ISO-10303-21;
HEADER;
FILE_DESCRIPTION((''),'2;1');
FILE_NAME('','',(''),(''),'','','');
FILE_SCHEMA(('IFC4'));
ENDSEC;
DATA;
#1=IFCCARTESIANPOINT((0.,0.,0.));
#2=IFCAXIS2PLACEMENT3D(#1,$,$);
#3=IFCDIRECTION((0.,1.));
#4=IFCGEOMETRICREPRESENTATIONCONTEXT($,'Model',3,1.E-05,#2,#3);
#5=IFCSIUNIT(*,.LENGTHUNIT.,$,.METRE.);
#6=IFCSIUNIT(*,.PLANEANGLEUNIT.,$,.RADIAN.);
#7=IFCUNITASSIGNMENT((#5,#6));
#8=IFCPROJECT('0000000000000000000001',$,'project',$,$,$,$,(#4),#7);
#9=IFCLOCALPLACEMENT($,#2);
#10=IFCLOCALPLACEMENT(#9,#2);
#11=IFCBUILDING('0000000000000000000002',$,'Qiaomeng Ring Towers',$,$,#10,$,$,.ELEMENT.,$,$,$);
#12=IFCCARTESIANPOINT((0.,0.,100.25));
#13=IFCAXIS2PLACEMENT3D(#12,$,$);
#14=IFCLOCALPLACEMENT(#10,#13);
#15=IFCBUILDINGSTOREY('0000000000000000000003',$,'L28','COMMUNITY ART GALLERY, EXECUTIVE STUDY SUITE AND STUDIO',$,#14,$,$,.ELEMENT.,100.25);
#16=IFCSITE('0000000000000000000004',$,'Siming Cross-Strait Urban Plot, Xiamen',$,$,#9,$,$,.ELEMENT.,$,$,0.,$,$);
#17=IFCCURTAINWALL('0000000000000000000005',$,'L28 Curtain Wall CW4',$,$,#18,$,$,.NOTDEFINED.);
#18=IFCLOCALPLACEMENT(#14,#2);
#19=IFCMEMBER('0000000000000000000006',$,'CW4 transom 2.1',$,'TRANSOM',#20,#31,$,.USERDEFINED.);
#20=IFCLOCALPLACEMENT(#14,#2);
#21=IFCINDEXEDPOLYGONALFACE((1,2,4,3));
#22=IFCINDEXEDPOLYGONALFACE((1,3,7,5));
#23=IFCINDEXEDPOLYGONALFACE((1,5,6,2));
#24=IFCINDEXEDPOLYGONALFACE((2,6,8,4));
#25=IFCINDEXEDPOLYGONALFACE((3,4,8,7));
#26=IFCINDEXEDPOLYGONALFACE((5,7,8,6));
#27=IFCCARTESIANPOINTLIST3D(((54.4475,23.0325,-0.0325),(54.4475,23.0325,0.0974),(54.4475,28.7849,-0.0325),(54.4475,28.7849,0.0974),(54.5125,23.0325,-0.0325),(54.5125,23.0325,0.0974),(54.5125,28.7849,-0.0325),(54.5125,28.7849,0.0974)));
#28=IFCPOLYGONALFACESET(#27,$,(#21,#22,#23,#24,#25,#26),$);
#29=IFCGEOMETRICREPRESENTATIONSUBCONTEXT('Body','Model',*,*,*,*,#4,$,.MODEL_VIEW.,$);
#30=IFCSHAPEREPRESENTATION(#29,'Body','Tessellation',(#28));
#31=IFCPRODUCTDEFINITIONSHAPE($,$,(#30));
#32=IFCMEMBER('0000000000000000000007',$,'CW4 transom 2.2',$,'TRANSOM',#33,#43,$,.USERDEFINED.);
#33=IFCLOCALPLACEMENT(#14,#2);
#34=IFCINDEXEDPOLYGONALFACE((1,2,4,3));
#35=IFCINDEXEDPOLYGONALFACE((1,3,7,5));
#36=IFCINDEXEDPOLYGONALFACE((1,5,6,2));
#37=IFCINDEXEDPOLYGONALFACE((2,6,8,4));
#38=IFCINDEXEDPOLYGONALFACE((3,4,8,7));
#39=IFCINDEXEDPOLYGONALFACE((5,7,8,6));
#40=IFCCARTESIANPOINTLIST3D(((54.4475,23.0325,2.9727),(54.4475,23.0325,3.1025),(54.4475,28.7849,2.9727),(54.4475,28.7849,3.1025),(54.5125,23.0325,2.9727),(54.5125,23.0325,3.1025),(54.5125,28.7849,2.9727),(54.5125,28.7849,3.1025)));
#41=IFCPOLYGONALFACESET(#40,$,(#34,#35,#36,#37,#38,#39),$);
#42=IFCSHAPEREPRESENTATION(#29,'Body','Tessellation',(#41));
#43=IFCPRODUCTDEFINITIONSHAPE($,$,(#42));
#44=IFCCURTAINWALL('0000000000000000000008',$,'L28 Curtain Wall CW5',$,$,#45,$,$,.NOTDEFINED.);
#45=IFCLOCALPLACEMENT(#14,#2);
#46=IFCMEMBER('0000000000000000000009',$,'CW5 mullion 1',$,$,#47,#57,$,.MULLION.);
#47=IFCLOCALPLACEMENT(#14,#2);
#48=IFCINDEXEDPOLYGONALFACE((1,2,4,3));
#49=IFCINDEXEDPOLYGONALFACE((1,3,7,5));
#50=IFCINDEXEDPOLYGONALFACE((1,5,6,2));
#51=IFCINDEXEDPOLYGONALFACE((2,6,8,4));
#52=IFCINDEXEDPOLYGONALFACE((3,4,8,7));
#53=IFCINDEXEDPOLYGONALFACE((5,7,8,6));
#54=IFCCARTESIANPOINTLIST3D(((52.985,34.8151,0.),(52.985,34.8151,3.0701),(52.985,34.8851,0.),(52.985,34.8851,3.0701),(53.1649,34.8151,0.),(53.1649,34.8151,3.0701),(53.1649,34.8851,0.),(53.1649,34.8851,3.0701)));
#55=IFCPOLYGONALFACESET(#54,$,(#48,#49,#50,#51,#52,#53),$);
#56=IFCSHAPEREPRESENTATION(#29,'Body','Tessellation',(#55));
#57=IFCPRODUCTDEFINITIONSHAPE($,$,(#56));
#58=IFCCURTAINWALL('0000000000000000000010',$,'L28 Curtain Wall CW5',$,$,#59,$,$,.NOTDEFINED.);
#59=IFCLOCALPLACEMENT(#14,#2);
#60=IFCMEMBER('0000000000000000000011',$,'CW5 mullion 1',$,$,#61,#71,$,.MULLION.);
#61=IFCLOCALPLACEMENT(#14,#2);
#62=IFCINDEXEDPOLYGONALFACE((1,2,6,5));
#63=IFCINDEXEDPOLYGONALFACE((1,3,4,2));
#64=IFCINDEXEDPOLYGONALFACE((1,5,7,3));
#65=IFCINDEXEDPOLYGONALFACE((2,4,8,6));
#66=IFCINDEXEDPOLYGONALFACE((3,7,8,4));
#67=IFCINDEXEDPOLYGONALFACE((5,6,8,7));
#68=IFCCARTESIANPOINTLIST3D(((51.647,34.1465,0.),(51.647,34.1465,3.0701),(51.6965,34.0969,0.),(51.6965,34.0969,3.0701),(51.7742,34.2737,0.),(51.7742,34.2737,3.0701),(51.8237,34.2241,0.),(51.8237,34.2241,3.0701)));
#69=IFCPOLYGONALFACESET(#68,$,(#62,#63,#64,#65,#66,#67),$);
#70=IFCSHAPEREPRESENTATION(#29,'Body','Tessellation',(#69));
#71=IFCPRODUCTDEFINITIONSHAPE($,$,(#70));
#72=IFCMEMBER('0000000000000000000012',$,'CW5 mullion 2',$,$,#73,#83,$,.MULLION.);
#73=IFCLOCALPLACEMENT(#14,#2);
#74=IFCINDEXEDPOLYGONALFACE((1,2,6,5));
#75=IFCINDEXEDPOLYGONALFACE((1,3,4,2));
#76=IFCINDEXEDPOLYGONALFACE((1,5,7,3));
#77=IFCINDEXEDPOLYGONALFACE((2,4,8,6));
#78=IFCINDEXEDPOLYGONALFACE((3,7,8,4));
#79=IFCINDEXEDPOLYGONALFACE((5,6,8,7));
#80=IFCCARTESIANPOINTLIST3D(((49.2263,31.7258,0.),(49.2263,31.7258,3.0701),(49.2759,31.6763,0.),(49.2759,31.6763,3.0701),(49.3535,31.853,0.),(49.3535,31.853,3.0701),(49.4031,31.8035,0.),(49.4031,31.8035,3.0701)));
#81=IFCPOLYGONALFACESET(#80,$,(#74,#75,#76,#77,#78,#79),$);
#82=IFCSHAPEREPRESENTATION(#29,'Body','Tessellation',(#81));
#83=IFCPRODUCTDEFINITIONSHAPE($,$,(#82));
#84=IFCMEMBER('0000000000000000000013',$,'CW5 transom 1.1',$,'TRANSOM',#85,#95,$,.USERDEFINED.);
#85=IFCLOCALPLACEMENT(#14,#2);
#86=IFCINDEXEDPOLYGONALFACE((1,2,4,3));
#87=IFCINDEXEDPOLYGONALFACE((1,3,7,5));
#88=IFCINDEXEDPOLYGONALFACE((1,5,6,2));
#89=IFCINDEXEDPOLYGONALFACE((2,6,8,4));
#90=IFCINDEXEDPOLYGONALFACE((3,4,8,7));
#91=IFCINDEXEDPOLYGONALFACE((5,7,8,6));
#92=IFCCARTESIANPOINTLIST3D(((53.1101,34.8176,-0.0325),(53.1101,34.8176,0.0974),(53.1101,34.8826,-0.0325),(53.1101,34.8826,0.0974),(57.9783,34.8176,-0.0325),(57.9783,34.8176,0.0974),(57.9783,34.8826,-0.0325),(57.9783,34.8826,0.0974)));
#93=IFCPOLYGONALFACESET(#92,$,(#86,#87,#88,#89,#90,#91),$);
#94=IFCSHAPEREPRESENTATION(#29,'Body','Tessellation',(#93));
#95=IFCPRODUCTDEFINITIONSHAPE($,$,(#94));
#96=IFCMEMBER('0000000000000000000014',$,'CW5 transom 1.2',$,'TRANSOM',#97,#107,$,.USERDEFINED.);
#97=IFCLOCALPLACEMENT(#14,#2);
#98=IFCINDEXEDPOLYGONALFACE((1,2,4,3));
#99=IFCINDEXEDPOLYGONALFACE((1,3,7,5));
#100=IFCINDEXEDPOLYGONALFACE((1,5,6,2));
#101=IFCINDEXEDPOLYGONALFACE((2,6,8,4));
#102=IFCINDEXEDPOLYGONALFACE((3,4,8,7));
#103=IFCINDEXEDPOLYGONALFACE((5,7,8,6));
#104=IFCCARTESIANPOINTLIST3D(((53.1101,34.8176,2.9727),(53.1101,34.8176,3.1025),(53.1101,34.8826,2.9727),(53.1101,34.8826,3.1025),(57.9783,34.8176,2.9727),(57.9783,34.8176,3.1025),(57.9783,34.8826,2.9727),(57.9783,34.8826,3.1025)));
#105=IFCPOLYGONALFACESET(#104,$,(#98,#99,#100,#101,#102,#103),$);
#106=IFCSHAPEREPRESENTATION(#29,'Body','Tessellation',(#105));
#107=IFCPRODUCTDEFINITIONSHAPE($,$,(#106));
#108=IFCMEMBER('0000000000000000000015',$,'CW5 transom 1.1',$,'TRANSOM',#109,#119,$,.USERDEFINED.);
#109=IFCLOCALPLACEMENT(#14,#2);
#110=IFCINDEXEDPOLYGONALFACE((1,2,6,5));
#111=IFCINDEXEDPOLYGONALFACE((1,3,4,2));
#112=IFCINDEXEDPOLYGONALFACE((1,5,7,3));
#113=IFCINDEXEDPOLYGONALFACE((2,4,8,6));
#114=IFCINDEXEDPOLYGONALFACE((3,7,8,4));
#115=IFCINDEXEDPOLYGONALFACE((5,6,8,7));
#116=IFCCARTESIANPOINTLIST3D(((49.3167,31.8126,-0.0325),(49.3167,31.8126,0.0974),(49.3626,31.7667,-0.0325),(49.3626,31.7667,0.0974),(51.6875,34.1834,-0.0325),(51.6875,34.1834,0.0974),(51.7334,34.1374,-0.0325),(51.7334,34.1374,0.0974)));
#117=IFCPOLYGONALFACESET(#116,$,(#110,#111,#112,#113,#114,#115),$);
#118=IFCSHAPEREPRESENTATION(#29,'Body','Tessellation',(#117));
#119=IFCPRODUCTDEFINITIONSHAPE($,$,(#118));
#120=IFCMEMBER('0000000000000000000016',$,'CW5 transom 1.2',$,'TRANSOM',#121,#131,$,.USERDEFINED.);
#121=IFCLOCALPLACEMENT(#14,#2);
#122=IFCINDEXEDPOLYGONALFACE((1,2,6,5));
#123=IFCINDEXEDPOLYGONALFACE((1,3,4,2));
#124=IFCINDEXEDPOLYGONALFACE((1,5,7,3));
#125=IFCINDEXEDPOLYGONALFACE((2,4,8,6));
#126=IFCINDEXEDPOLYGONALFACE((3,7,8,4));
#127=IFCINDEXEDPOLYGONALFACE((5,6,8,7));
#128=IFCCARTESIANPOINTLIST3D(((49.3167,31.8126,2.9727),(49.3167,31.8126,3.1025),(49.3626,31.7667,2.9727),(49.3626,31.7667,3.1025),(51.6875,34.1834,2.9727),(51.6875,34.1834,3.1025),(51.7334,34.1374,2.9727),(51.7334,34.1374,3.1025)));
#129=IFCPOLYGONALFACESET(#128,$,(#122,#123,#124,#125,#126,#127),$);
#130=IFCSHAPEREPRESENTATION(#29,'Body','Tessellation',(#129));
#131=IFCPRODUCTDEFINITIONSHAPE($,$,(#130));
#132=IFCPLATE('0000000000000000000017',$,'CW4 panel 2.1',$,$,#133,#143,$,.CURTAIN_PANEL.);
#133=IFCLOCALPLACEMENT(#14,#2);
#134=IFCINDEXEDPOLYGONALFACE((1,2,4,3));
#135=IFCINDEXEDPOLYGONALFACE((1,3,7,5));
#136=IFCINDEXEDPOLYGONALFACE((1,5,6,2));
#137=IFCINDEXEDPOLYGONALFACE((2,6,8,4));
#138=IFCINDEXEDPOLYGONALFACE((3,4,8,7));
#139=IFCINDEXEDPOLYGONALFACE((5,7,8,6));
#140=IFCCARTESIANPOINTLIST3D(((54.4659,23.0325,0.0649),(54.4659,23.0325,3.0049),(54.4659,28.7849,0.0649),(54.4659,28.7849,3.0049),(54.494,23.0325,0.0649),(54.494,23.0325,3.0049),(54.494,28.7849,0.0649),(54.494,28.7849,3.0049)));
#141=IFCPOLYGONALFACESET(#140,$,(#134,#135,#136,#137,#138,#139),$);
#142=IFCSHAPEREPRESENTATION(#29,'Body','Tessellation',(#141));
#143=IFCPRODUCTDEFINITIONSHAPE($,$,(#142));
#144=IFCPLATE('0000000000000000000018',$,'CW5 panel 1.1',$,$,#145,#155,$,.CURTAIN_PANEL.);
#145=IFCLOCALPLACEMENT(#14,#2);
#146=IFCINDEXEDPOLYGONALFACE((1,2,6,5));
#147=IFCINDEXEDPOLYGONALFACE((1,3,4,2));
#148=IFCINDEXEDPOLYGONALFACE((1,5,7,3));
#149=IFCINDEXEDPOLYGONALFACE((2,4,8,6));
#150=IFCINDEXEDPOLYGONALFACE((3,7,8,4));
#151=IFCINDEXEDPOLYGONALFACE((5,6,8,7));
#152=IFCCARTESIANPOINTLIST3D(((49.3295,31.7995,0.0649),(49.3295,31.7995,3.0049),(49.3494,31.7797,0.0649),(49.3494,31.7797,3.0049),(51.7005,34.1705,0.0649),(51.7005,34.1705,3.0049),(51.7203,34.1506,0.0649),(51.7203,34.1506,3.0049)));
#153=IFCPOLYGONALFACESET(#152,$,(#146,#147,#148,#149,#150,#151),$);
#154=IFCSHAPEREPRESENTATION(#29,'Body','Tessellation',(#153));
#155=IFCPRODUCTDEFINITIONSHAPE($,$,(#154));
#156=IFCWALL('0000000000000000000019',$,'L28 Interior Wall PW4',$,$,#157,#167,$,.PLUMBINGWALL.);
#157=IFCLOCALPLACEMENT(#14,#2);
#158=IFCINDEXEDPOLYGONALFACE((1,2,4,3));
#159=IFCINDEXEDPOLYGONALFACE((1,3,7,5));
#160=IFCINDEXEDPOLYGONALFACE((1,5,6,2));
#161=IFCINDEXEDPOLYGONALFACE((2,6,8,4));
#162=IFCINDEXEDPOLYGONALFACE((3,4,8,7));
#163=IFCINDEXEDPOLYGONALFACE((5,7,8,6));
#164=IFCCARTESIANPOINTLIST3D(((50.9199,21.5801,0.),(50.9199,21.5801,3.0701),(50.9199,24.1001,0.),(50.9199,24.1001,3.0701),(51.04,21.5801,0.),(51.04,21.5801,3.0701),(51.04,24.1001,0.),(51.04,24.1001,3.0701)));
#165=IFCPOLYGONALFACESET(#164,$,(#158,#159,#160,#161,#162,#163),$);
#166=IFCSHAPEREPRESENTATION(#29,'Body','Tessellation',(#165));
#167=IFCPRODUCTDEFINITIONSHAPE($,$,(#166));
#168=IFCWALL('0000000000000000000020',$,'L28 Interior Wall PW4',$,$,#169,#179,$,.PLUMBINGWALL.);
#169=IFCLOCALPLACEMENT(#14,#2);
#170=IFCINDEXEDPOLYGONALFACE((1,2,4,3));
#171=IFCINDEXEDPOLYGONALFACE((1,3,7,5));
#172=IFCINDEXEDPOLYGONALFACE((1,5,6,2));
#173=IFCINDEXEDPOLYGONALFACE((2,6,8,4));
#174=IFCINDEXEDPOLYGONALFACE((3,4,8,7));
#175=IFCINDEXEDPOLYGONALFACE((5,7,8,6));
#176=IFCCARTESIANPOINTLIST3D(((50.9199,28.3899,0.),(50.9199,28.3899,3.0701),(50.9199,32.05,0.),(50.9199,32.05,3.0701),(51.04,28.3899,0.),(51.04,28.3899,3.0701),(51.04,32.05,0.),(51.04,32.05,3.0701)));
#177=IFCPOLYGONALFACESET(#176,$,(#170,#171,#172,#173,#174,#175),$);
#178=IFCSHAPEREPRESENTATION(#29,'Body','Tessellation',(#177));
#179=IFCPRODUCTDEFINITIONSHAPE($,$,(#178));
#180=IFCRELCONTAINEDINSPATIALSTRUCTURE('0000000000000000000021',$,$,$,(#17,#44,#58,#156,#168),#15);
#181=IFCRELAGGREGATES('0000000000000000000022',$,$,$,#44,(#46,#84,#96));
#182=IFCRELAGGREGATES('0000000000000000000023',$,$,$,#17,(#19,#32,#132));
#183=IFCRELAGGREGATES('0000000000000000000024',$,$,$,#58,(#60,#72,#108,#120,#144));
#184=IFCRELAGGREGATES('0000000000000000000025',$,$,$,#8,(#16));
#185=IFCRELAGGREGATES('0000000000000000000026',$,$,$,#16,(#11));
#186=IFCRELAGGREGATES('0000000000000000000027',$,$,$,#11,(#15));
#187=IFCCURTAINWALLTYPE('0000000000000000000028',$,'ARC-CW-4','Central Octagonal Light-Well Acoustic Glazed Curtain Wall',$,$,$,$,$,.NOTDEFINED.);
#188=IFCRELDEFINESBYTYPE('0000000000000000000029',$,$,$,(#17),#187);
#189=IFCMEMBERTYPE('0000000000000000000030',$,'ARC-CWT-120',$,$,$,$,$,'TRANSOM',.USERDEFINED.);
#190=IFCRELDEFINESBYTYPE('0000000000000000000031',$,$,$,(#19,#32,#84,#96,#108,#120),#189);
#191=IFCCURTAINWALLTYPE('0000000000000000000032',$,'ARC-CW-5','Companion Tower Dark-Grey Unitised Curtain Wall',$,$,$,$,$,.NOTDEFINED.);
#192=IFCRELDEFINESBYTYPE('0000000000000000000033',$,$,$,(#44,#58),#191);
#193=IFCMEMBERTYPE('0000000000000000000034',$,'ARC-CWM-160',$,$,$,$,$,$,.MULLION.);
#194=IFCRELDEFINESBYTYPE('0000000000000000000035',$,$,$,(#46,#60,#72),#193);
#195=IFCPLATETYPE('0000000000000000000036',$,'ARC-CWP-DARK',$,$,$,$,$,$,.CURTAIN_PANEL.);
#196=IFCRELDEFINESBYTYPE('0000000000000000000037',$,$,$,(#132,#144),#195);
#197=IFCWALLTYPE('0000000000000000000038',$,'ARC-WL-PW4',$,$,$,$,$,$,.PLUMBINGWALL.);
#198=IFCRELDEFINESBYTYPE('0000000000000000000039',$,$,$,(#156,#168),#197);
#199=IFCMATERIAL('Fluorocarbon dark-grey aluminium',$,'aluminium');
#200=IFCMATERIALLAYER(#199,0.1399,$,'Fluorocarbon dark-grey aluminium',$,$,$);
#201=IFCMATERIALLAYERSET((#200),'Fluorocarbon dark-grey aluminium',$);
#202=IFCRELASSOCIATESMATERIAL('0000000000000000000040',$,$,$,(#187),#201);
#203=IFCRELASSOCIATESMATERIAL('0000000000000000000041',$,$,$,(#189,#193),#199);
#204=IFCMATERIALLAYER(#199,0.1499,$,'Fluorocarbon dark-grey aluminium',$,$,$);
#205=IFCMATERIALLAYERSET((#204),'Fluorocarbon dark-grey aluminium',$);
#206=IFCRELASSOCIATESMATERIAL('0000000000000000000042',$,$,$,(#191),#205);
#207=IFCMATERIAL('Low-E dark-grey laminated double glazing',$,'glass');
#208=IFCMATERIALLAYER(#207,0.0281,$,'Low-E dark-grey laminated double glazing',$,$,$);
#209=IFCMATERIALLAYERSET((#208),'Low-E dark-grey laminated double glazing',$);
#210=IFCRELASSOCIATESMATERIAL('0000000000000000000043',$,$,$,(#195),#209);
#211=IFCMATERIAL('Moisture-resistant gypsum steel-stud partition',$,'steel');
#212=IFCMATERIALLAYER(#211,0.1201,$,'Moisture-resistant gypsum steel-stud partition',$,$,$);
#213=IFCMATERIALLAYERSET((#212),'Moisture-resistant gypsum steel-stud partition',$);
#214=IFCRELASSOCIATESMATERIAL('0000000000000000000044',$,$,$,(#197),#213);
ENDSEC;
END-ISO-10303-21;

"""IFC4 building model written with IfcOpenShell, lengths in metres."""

from ifc_helpers import new_model, si_unit, direction, frame, frame_2d, origin, origin_2d, place, context, subcontext, project, spatial, rectangle, extrude, source, transform, mapped, material, layer, layer_set, material_profile, profile_set, type_object, element, aggregate, save


model = new_model("IFC4")

# Units and contexts
model_context = context("Model", 3, precision=1e-05, world=origin(), true_north=direction((0.0, 1.0)))
body_context = subcontext(model_context, "Body", "Model", "MODEL_VIEW")
ifc_project = project(units=[si_unit("LENGTHUNIT", "METRE"), si_unit("PLANEANGLEUNIT", "RADIAN")], contexts=[model_context])

# Site, building, storey
site_placement = place(None, origin())
site = spatial("IfcSite", under=ifc_project, at=site_placement, Name="Siming Cross-Strait Urban Plot, Xiamen", CompositionType="ELEMENT", RefElevation=0.0)
building_placement = place(site_placement, origin())
building = spatial("IfcBuilding", under=site, at=building_placement, Name="Qiaomeng Ring Towers", CompositionType="ELEMENT")
storey_placement = place(building_placement, frame((0.0, 0.0, 100.25)))
storey = spatial("IfcBuildingStorey", under=building, at=storey_placement, Name="L28", Description="COMMUNITY ART GALLERY, EXECUTIVE STUDY SUITE AND STUDIO", CompositionType="ELEMENT", Elevation=100.25)

# Curtain wall, members
ifc_material_1 = material(Name="Fluorocarbon dark-grey aluminium", Category="aluminium")
ifc_layer_1 = layer(ifc_material_1, 0.1399, Name="Fluorocarbon dark-grey aluminium")
ifc_layer_set_1 = layer_set([ifc_layer_1], Name="Fluorocarbon dark-grey aluminium")
curtain_wall_type_1 = type_object("IfcCurtainWallType", Name="ARC-CW-4", Description="Central Octagonal Light-Well Acoustic Glazed Curtain Wall", PredefinedType="NOTDEFINED", material=ifc_layer_set_1)
curtain_wall_1_placement = place(storey_placement, origin())
curtain_wall_1 = element("IfcCurtainWall", 1, at=curtain_wall_1_placement, inside=storey, type_object=curtain_wall_type_1, Name="L28 Curtain Wall CW4", PredefinedType="NOTDEFINED")
ifc_material_profile_1 = material_profile(ifc_material_1, rectangle(XDim=0.0649, YDim=0.1299, at=origin_2d()), Name="ALU TRAN 65x130")
ifc_profile_set_1 = profile_set([ifc_material_profile_1], Name="Fluorocarbon dark-grey aluminium")
member_type_1 = type_object("IfcMemberType", Name="ARC-CWT-120", ElementType="TRANSOM", PredefinedType="USERDEFINED", material=ifc_profile_set_1)
shared_shape_1 = source(origin(), body_context, "Body", "SweptSolid", [
    extrude(rectangle(XDim=0.0649, YDim=0.1299, at=origin_2d()), origin(), (0.0, 0.0, 1.0), 5.7524),
])
member_1_placement = place(storey_placement, frame((54.48, 23.0325, 0.0325), z_axis=(0.0, 1.0, 0.0), x_axis=(-1.0, 0.0, 0.0)))
member_1 = element("IfcMember", 2, at=member_1_placement, type_object=member_type_1, Name="CW4 transom 2.1", ObjectType="TRANSOM", PredefinedType="USERDEFINED", context=body_context, shape_type="MappedRepresentation", body=[
    mapped(shared_shape_1, transform((0.0, 0.0, 0.0), x_axis=(1.0, 0.0, 0.0), y_axis=(0.0, 1.0, 0.0), z_axis=(0.0, 0.0, 1.0), scale=1.0)),
])
member_2_placement = place(storey_placement, frame((54.48, 23.0325, 3.0376), z_axis=(0.0, 1.0, 0.0), x_axis=(-1.0, 0.0, 0.0)))
member_2 = element("IfcMember", 3, at=member_2_placement, type_object=member_type_1, Name="CW4 transom 2.2", ObjectType="TRANSOM", PredefinedType="USERDEFINED", context=body_context, shape_type="MappedRepresentation", body=[
    mapped(shared_shape_1, transform((0.0, 0.0, 0.0), x_axis=(1.0, 0.0, 0.0), y_axis=(0.0, 1.0, 0.0), z_axis=(0.0, 0.0, 1.0), scale=1.0)),
])

# Curtain wall, member
ifc_layer_2 = layer(ifc_material_1, 0.1499, Name="Fluorocarbon dark-grey aluminium")
ifc_layer_set_2 = layer_set([ifc_layer_2], Name="Fluorocarbon dark-grey aluminium")
curtain_wall_type_2 = type_object("IfcCurtainWallType", Name="ARC-CW-5", Description="Companion Tower Dark-Grey Unitised Curtain Wall", PredefinedType="NOTDEFINED", material=ifc_layer_set_2)
curtain_wall_2_placement = place(storey_placement, origin())
curtain_wall_2 = element("IfcCurtainWall", 4, at=curtain_wall_2_placement, inside=storey, type_object=curtain_wall_type_2, Name="L28 Curtain Wall CW5", PredefinedType="NOTDEFINED")
ifc_material_profile_2 = material_profile(ifc_material_1, rectangle(XDim=0.0701, YDim=0.1799, at=origin_2d()), Name="ALU MULL 70x180")
ifc_profile_set_2 = profile_set([ifc_material_profile_2], Name="Fluorocarbon dark-grey aluminium")
member_type_2 = type_object("IfcMemberType", Name="ARC-CWM-160", PredefinedType="MULLION", material=ifc_profile_set_2)
shared_shape_2 = source(origin(), body_context, "Body", "SweptSolid", [
    extrude(rectangle(XDim=0.0701, YDim=0.1799, at=origin_2d()), origin(), (0.0, 0.0, 1.0), 3.0701),
])
member_3_placement = place(storey_placement, frame((53.075, 34.8501, 0.0), z_axis=(0.0, 0.0, 1.0), x_axis=(0.0, 1.0, 0.0)))
member_3 = element("IfcMember", 5, at=member_3_placement, type_object=member_type_2, Name="CW5 mullion 1", PredefinedType="MULLION", context=body_context, shape_type="MappedRepresentation", body=[
    mapped(shared_shape_2, transform((0.0, 0.0, 0.0), x_axis=(1.0, 0.0, 0.0), y_axis=(0.0, 1.0, 0.0), z_axis=(0.0, 0.0, 1.0), scale=1.0)),
])

# Curtain wall, members
curtain_wall_3_placement = place(storey_placement, origin())
curtain_wall_3 = element("IfcCurtainWall", 6, at=curtain_wall_3_placement, inside=storey, type_object=curtain_wall_type_2, Name="L28 Curtain Wall CW5", PredefinedType="NOTDEFINED")
member_4_placement = place(storey_placement, frame((51.7354, 34.1853, 0.0), z_axis=(0.0, 0.0, 1.0), x_axis=(0.707107, -0.707107, 0.0)))
member_4 = element("IfcMember", 7, at=member_4_placement, type_object=member_type_2, Name="CW5 mullion 1", PredefinedType="MULLION", context=body_context, shape_type="MappedRepresentation", body=[
    mapped(shared_shape_2, transform((0.0, 0.0, 0.0), x_axis=(1.0, 0.0, 0.0), y_axis=(0.0, 1.0, 0.0), z_axis=(0.0, 0.0, 1.0), scale=1.0)),
])
member_5_placement = place(storey_placement, frame((49.3147, 31.7646, 0.0), z_axis=(0.0, 0.0, 1.0), x_axis=(0.707107, -0.707107, 0.0)))
member_5 = element("IfcMember", 8, at=member_5_placement, type_object=member_type_2, Name="CW5 mullion 2", PredefinedType="MULLION", context=body_context, shape_type="MappedRepresentation", body=[
    mapped(shared_shape_2, transform((0.0, 0.0, 0.0), x_axis=(1.0, 0.0, 0.0), y_axis=(0.0, 1.0, 0.0), z_axis=(0.0, 0.0, 1.0), scale=1.0)),
])

# Members
shared_shape_3 = source(origin(), body_context, "Body", "SweptSolid", [
    extrude(rectangle(XDim=0.0649, YDim=0.1299, at=origin_2d()), origin(), (0.0, 0.0, 1.0), 4.8682),
])
member_6_placement = place(storey_placement, frame((53.1101, 34.8501, 0.0325), z_axis=(1.0, 0.0, 0.0), x_axis=(0.0, 1.0, 0.0)))
member_6 = element("IfcMember", 9, at=member_6_placement, type_object=member_type_1, Name="CW5 transom 1.1", ObjectType="TRANSOM", PredefinedType="USERDEFINED", context=body_context, shape_type="MappedRepresentation", body=[
    mapped(shared_shape_3, transform((0.0, 0.0, 0.0), x_axis=(1.0, 0.0, 0.0), y_axis=(0.0, 1.0, 0.0), z_axis=(0.0, 0.0, 1.0), scale=1.0)),
])
member_7_placement = place(storey_placement, frame((53.1101, 34.8501, 3.0376), z_axis=(1.0, 0.0, 0.0), x_axis=(0.0, 1.0, 0.0)))
member_7 = element("IfcMember", 10, at=member_7_placement, type_object=member_type_1, Name="CW5 transom 1.2", ObjectType="TRANSOM", PredefinedType="USERDEFINED", context=body_context, shape_type="MappedRepresentation", body=[
    mapped(shared_shape_3, transform((0.0, 0.0, 0.0), x_axis=(1.0, 0.0, 0.0), y_axis=(0.0, 1.0, 0.0), z_axis=(0.0, 0.0, 1.0), scale=1.0)),
])
aggregate(curtain_wall_2, [member_3, member_6, member_7])
shared_shape_4 = source(origin(), body_context, "Body", "SweptSolid", [
    extrude(rectangle(XDim=0.0649, YDim=0.1299, at=origin_2d()), origin(), (0.0, 0.0, 1.0), 3.3528),
])
member_8_placement = place(storey_placement, frame((51.7104, 34.1604, 0.0325), z_axis=(-0.707107, -0.707107, 0.0), x_axis=(0.707107, -0.707107, 0.0)))
member_8 = element("IfcMember", 11, at=member_8_placement, type_object=member_type_1, Name="CW5 transom 1.1", ObjectType="TRANSOM", PredefinedType="USERDEFINED", context=body_context, shape_type="MappedRepresentation", body=[
    mapped(shared_shape_4, transform((0.0, 0.0, 0.0), x_axis=(1.0, 0.0, 0.0), y_axis=(0.0, 1.0, 0.0), z_axis=(0.0, 0.0, 1.0), scale=1.0)),
])
member_9_placement = place(storey_placement, frame((51.7104, 34.1604, 3.0376), z_axis=(-0.707107, -0.707107, 0.0), x_axis=(0.707107, -0.707107, 0.0)))
member_9 = element("IfcMember", 12, at=member_9_placement, type_object=member_type_1, Name="CW5 transom 1.2", ObjectType="TRANSOM", PredefinedType="USERDEFINED", context=body_context, shape_type="MappedRepresentation", body=[
    mapped(shared_shape_4, transform((0.0, 0.0, 0.0), x_axis=(1.0, 0.0, 0.0), y_axis=(0.0, 1.0, 0.0), z_axis=(0.0, 0.0, 1.0), scale=1.0)),
])

# Plates
ifc_material_2 = material(Name="Low-E dark-grey laminated double glazing", Category="glass")
ifc_layer_3 = layer(ifc_material_2, 0.0281, Name="Low-E dark-grey laminated double glazing")
ifc_layer_set_3 = layer_set([ifc_layer_3], Name="Low-E dark-grey laminated double glazing")
plate_type = type_object("IfcPlateType", Name="ARC-CWP-DARK", PredefinedType="CURTAIN_PANEL", material=ifc_layer_set_3)
shared_shape_5 = source(origin(), body_context, "Body", "SweptSolid", [
    extrude(rectangle(XDim=5.7524, YDim=0.0281, at=origin_2d()), origin(), (0.0, 0.0, 1.0), 2.9399),
])
plate_1_placement = place(storey_placement, frame((54.48, 25.9087, 0.0649), z_axis=(0.0, 0.0, 1.0), x_axis=(0.0, 1.0, 0.0)))
plate_1 = element("IfcPlate", 13, at=plate_1_placement, type_object=plate_type, Name="CW4 panel 2.1", PredefinedType="CURTAIN_PANEL", context=body_context, shape_type="MappedRepresentation", body=[
    mapped(shared_shape_5, transform((0.0, 0.0, 0.0), x_axis=(1.0, 0.0, 0.0), y_axis=(0.0, 1.0, 0.0), z_axis=(0.0, 0.0, 1.0), scale=1.0)),
])
aggregate(curtain_wall_1, [member_1, member_2, plate_1])
shared_shape_6 = source(origin(), body_context, "Body", "SweptSolid", [
    extrude(rectangle(XDim=3.353, YDim=0.0281, at=origin_2d()), origin(), (0.0, 0.0, 1.0), 2.9399),
])
plate_2_placement = place(storey_placement, frame((50.5249, 32.9751, 0.0649), z_axis=(0.0, 0.0, 1.0), x_axis=(-0.707107, -0.707107, 0.0)))
plate_2 = element("IfcPlate", 14, at=plate_2_placement, type_object=plate_type, Name="CW5 panel 1.1", PredefinedType="CURTAIN_PANEL", context=body_context, shape_type="MappedRepresentation", body=[
    mapped(shared_shape_6, transform((0.0, 0.0, 0.0), x_axis=(1.0, 0.0, 0.0), y_axis=(0.0, 1.0, 0.0), z_axis=(0.0, 0.0, 1.0), scale=1.0)),
])
aggregate(curtain_wall_3, [member_4, member_5, member_8, member_9, plate_2])

# Walls
ifc_material_3 = material(Name="Moisture-resistant gypsum steel-stud partition", Category="steel")
ifc_layer_4 = layer(ifc_material_3, 0.1201, Name="Moisture-resistant gypsum steel-stud partition")
ifc_layer_set_4 = layer_set([ifc_layer_4], Name="Moisture-resistant gypsum steel-stud partition")
wall_type_1 = type_object("IfcWallType", Name="ARC-WL-PW4", PredefinedType="PLUMBINGWALL", material=ifc_layer_set_4)
wall_1_placement = place(storey_placement, frame((50.98, 21.5801, 0.0), z_axis=(0.0, 0.0, 1.0), x_axis=(0.0, 1.0, 0.0)))
element("IfcWall", 15, at=wall_1_placement, inside=storey, type_object=wall_type_1, Name="L28 Interior Wall PW4", PredefinedType="PLUMBINGWALL", context=body_context, shape_type="SweptSolid", body=[
    extrude(rectangle(XDim=2.52, YDim=0.1201, at=frame_2d((1.26, 0.0))), origin(), (0.0, 0.0, 1.0), 3.0701),
])
wall_2_placement = place(storey_placement, frame((50.98, 28.3899, 0.0), z_axis=(0.0, 0.0, 1.0), x_axis=(0.0, 1.0, 0.0)))
element("IfcWall", 16, at=wall_2_placement, inside=storey, type_object=wall_type_1, Name="L28 Interior Wall PW4", PredefinedType="PLUMBINGWALL", context=body_context, shape_type="SweptSolid", body=[
    extrude(rectangle(XDim=3.6602, YDim=0.1201, at=frame_2d((1.8301, 0.0))), origin(), (0.0, 0.0, 1.0), 3.0701),
])

save(model, "model.ifc")
